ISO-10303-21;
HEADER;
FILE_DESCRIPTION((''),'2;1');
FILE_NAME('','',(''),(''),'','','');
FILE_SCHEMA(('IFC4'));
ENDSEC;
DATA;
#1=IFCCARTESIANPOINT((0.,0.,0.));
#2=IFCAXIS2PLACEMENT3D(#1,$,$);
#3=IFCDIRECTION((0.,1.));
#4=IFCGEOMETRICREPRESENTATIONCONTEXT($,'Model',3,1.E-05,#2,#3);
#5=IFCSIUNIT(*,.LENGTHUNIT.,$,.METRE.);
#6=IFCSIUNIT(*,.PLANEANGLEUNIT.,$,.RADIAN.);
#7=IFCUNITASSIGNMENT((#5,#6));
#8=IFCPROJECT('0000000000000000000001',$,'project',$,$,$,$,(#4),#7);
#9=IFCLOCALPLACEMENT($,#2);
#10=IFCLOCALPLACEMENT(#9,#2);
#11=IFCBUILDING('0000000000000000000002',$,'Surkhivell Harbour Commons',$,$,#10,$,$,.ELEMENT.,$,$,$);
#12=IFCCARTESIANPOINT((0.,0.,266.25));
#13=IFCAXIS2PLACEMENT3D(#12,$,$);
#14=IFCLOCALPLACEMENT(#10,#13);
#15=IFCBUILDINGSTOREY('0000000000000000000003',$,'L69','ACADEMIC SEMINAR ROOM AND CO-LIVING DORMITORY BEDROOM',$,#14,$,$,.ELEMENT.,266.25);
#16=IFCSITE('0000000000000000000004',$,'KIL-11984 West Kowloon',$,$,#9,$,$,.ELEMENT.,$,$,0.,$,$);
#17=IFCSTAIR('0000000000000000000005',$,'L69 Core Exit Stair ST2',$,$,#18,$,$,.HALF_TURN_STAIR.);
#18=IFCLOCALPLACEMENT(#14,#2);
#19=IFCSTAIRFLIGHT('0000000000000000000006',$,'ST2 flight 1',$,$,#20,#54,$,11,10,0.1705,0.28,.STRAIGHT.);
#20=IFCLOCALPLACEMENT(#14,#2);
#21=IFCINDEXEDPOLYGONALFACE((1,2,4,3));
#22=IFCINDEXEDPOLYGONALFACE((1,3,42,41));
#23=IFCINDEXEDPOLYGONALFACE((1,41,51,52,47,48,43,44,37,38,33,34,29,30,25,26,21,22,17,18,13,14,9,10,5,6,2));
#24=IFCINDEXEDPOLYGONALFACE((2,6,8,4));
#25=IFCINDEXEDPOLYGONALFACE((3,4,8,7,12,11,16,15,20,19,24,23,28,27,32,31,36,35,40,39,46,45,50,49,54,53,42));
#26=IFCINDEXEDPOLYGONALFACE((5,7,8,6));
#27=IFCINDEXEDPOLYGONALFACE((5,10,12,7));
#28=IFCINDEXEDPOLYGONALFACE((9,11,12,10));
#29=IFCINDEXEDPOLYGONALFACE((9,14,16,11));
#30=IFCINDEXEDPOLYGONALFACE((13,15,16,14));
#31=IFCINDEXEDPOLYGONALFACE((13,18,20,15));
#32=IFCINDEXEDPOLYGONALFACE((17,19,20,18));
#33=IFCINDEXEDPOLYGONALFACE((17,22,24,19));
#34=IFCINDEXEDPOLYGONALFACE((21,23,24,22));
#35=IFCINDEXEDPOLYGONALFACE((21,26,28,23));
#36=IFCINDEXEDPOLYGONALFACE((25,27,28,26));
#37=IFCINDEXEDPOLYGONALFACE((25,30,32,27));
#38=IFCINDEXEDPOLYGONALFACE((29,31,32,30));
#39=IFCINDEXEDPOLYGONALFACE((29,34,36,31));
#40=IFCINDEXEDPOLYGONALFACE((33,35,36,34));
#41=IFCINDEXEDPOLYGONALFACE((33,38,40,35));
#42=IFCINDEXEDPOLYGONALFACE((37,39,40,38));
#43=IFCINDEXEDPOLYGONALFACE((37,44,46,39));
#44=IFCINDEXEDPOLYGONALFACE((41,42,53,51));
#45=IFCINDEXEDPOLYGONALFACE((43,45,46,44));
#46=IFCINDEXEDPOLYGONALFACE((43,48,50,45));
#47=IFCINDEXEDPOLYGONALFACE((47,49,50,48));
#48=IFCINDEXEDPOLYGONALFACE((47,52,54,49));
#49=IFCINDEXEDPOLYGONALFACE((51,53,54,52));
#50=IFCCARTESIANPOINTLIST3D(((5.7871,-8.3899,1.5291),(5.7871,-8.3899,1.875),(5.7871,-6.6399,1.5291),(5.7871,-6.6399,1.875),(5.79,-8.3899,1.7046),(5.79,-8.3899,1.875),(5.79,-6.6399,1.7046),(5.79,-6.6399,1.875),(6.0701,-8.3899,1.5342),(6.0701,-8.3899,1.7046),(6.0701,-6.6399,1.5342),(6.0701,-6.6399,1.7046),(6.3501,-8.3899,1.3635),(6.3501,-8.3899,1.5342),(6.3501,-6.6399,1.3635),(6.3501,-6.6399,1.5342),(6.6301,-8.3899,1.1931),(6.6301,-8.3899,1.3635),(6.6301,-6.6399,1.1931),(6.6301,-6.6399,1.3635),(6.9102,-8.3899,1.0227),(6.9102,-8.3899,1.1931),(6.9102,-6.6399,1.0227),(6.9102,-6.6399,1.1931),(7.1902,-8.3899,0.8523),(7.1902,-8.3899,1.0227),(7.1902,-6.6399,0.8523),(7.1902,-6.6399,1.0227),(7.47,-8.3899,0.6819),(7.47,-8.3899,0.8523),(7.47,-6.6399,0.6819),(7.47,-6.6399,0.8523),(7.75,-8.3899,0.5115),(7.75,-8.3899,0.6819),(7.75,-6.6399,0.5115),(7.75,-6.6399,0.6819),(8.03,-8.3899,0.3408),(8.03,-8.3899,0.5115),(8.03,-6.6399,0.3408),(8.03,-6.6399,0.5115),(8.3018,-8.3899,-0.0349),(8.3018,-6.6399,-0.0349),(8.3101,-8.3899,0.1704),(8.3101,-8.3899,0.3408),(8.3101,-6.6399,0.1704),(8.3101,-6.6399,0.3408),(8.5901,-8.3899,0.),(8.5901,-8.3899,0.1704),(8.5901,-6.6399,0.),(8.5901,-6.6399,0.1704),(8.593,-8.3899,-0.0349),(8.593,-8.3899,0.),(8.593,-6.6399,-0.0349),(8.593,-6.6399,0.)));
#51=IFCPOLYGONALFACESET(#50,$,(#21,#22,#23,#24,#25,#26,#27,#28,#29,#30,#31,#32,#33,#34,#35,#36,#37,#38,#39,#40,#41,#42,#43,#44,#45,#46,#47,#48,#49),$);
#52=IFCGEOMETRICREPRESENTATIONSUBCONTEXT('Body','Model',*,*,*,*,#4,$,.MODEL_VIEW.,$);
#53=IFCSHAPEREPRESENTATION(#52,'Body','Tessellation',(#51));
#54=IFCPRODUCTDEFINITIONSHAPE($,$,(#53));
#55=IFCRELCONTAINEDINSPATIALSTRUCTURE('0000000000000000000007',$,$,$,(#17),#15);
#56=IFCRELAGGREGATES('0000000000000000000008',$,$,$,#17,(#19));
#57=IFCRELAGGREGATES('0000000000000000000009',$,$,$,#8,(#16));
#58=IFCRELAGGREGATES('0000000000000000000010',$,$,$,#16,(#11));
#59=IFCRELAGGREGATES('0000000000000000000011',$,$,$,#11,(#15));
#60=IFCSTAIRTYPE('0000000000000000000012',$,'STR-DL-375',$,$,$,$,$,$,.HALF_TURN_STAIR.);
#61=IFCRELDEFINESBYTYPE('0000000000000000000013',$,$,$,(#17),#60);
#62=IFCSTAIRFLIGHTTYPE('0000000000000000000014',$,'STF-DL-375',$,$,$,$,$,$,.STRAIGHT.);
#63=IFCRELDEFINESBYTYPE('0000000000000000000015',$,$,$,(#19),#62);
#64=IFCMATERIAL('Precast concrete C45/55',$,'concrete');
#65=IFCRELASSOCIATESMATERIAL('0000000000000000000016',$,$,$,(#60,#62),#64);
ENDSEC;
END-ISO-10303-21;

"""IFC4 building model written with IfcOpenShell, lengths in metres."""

from ifc_helpers import new_model, si_unit, direction, frame, origin, place, context, subcontext, project, spatial, polyline, outline, extrude, material, type_object, element, aggregate, save


model = new_model("IFC4")

# Units and contexts
model_context = context("Model", 3, precision=1e-05, world=origin(), true_north=direction((0.0, 1.0)))
body_context = subcontext(model_context, "Body", "Model", "MODEL_VIEW")
ifc_project = project(units=[si_unit("LENGTHUNIT", "METRE"), si_unit("PLANEANGLEUNIT", "RADIAN")], contexts=[model_context])

# Site, building, storey
site_placement = place(None, origin())
site = spatial("IfcSite", under=ifc_project, at=site_placement, Name="KIL-11984 West Kowloon", CompositionType="ELEMENT", RefElevation=0.0)
building_placement = place(site_placement, origin())
building = spatial("IfcBuilding", under=site, at=building_placement, Name="Surkhivell Harbour Commons", CompositionType="ELEMENT")
storey_placement = place(building_placement, frame((0.0, 0.0, 266.25)))
storey = spatial("IfcBuildingStorey", under=building, at=storey_placement, Name="L69", Description="ACADEMIC SEMINAR ROOM AND CO-LIVING DORMITORY BEDROOM", CompositionType="ELEMENT", Elevation=266.25)

# Stair, stair flight
ifc_material_1 = material(Name="Precast concrete C45/55", Category="concrete")
stair_type = type_object("IfcStairType", Name="STR-DL-375", PredefinedType="HALF_TURN_STAIR", material=ifc_material_1)
stair_placement = place(storey_placement, origin())
stair = element("IfcStair", 1, at=stair_placement, inside=storey, type_object=stair_type, Name="L69 Core Exit Stair ST2", PredefinedType="HALF_TURN_STAIR")
stair_flight_type = type_object("IfcStairFlightType", Name="STF-DL-375", PredefinedType="STRAIGHT", material=ifc_material_1)
stair_flight_placement = place(storey_placement, frame((8.5901, -7.5149, 0.0), z_axis=(0.0, 0.0, 1.0), x_axis=(-1.0, 0.0, 0.0)))
stair_flight = element("IfcStairFlight", 2, at=stair_flight_placement, type_object=stair_flight_type, Name="ST2 flight 1", NumberOfRisers=11, NumberOfTreads=10, PredefinedType="STRAIGHT", RiserHeight=0.1705, TreadLength=0.28, context=body_context, shape_type="SweptSolid", body=[
    extrude(outline(polyline([(-0.0029, -0.0349), (-0.0029, 0.0), (0.0, 0.0), (0.0, 0.1704), (0.28, 0.1704), (0.28, 0.3408), (0.5601, 0.3408), (0.5601, 0.5115), (0.8401, 0.5115), (0.8401, 0.6819), (1.1201, 0.6819), (1.1201, 0.8523), (1.3999, 0.8523), (1.3999, 1.0227), (1.6799, 1.0227), (1.6799, 1.1931), (1.96, 1.1931), (1.96, 1.3635), (2.24, 1.3635), (2.24, 1.5342), (2.52, 1.5342), (2.52, 1.7046), (2.8, 1.7046), (2.8, 1.875), (2.803, 1.875), (2.803, 1.5291), (0.2883, -0.0349), (-0.0029, -0.0349)])), frame((0.0, 0.875, 0.0), z_axis=(0.0, -1.0, 0.0), x_axis=(1.0, 0.0, 0.0)), (0.0, 0.0, 1.0), 1.75),
])
aggregate(stair, [stair_flight])

save(model, "model.ifc")
